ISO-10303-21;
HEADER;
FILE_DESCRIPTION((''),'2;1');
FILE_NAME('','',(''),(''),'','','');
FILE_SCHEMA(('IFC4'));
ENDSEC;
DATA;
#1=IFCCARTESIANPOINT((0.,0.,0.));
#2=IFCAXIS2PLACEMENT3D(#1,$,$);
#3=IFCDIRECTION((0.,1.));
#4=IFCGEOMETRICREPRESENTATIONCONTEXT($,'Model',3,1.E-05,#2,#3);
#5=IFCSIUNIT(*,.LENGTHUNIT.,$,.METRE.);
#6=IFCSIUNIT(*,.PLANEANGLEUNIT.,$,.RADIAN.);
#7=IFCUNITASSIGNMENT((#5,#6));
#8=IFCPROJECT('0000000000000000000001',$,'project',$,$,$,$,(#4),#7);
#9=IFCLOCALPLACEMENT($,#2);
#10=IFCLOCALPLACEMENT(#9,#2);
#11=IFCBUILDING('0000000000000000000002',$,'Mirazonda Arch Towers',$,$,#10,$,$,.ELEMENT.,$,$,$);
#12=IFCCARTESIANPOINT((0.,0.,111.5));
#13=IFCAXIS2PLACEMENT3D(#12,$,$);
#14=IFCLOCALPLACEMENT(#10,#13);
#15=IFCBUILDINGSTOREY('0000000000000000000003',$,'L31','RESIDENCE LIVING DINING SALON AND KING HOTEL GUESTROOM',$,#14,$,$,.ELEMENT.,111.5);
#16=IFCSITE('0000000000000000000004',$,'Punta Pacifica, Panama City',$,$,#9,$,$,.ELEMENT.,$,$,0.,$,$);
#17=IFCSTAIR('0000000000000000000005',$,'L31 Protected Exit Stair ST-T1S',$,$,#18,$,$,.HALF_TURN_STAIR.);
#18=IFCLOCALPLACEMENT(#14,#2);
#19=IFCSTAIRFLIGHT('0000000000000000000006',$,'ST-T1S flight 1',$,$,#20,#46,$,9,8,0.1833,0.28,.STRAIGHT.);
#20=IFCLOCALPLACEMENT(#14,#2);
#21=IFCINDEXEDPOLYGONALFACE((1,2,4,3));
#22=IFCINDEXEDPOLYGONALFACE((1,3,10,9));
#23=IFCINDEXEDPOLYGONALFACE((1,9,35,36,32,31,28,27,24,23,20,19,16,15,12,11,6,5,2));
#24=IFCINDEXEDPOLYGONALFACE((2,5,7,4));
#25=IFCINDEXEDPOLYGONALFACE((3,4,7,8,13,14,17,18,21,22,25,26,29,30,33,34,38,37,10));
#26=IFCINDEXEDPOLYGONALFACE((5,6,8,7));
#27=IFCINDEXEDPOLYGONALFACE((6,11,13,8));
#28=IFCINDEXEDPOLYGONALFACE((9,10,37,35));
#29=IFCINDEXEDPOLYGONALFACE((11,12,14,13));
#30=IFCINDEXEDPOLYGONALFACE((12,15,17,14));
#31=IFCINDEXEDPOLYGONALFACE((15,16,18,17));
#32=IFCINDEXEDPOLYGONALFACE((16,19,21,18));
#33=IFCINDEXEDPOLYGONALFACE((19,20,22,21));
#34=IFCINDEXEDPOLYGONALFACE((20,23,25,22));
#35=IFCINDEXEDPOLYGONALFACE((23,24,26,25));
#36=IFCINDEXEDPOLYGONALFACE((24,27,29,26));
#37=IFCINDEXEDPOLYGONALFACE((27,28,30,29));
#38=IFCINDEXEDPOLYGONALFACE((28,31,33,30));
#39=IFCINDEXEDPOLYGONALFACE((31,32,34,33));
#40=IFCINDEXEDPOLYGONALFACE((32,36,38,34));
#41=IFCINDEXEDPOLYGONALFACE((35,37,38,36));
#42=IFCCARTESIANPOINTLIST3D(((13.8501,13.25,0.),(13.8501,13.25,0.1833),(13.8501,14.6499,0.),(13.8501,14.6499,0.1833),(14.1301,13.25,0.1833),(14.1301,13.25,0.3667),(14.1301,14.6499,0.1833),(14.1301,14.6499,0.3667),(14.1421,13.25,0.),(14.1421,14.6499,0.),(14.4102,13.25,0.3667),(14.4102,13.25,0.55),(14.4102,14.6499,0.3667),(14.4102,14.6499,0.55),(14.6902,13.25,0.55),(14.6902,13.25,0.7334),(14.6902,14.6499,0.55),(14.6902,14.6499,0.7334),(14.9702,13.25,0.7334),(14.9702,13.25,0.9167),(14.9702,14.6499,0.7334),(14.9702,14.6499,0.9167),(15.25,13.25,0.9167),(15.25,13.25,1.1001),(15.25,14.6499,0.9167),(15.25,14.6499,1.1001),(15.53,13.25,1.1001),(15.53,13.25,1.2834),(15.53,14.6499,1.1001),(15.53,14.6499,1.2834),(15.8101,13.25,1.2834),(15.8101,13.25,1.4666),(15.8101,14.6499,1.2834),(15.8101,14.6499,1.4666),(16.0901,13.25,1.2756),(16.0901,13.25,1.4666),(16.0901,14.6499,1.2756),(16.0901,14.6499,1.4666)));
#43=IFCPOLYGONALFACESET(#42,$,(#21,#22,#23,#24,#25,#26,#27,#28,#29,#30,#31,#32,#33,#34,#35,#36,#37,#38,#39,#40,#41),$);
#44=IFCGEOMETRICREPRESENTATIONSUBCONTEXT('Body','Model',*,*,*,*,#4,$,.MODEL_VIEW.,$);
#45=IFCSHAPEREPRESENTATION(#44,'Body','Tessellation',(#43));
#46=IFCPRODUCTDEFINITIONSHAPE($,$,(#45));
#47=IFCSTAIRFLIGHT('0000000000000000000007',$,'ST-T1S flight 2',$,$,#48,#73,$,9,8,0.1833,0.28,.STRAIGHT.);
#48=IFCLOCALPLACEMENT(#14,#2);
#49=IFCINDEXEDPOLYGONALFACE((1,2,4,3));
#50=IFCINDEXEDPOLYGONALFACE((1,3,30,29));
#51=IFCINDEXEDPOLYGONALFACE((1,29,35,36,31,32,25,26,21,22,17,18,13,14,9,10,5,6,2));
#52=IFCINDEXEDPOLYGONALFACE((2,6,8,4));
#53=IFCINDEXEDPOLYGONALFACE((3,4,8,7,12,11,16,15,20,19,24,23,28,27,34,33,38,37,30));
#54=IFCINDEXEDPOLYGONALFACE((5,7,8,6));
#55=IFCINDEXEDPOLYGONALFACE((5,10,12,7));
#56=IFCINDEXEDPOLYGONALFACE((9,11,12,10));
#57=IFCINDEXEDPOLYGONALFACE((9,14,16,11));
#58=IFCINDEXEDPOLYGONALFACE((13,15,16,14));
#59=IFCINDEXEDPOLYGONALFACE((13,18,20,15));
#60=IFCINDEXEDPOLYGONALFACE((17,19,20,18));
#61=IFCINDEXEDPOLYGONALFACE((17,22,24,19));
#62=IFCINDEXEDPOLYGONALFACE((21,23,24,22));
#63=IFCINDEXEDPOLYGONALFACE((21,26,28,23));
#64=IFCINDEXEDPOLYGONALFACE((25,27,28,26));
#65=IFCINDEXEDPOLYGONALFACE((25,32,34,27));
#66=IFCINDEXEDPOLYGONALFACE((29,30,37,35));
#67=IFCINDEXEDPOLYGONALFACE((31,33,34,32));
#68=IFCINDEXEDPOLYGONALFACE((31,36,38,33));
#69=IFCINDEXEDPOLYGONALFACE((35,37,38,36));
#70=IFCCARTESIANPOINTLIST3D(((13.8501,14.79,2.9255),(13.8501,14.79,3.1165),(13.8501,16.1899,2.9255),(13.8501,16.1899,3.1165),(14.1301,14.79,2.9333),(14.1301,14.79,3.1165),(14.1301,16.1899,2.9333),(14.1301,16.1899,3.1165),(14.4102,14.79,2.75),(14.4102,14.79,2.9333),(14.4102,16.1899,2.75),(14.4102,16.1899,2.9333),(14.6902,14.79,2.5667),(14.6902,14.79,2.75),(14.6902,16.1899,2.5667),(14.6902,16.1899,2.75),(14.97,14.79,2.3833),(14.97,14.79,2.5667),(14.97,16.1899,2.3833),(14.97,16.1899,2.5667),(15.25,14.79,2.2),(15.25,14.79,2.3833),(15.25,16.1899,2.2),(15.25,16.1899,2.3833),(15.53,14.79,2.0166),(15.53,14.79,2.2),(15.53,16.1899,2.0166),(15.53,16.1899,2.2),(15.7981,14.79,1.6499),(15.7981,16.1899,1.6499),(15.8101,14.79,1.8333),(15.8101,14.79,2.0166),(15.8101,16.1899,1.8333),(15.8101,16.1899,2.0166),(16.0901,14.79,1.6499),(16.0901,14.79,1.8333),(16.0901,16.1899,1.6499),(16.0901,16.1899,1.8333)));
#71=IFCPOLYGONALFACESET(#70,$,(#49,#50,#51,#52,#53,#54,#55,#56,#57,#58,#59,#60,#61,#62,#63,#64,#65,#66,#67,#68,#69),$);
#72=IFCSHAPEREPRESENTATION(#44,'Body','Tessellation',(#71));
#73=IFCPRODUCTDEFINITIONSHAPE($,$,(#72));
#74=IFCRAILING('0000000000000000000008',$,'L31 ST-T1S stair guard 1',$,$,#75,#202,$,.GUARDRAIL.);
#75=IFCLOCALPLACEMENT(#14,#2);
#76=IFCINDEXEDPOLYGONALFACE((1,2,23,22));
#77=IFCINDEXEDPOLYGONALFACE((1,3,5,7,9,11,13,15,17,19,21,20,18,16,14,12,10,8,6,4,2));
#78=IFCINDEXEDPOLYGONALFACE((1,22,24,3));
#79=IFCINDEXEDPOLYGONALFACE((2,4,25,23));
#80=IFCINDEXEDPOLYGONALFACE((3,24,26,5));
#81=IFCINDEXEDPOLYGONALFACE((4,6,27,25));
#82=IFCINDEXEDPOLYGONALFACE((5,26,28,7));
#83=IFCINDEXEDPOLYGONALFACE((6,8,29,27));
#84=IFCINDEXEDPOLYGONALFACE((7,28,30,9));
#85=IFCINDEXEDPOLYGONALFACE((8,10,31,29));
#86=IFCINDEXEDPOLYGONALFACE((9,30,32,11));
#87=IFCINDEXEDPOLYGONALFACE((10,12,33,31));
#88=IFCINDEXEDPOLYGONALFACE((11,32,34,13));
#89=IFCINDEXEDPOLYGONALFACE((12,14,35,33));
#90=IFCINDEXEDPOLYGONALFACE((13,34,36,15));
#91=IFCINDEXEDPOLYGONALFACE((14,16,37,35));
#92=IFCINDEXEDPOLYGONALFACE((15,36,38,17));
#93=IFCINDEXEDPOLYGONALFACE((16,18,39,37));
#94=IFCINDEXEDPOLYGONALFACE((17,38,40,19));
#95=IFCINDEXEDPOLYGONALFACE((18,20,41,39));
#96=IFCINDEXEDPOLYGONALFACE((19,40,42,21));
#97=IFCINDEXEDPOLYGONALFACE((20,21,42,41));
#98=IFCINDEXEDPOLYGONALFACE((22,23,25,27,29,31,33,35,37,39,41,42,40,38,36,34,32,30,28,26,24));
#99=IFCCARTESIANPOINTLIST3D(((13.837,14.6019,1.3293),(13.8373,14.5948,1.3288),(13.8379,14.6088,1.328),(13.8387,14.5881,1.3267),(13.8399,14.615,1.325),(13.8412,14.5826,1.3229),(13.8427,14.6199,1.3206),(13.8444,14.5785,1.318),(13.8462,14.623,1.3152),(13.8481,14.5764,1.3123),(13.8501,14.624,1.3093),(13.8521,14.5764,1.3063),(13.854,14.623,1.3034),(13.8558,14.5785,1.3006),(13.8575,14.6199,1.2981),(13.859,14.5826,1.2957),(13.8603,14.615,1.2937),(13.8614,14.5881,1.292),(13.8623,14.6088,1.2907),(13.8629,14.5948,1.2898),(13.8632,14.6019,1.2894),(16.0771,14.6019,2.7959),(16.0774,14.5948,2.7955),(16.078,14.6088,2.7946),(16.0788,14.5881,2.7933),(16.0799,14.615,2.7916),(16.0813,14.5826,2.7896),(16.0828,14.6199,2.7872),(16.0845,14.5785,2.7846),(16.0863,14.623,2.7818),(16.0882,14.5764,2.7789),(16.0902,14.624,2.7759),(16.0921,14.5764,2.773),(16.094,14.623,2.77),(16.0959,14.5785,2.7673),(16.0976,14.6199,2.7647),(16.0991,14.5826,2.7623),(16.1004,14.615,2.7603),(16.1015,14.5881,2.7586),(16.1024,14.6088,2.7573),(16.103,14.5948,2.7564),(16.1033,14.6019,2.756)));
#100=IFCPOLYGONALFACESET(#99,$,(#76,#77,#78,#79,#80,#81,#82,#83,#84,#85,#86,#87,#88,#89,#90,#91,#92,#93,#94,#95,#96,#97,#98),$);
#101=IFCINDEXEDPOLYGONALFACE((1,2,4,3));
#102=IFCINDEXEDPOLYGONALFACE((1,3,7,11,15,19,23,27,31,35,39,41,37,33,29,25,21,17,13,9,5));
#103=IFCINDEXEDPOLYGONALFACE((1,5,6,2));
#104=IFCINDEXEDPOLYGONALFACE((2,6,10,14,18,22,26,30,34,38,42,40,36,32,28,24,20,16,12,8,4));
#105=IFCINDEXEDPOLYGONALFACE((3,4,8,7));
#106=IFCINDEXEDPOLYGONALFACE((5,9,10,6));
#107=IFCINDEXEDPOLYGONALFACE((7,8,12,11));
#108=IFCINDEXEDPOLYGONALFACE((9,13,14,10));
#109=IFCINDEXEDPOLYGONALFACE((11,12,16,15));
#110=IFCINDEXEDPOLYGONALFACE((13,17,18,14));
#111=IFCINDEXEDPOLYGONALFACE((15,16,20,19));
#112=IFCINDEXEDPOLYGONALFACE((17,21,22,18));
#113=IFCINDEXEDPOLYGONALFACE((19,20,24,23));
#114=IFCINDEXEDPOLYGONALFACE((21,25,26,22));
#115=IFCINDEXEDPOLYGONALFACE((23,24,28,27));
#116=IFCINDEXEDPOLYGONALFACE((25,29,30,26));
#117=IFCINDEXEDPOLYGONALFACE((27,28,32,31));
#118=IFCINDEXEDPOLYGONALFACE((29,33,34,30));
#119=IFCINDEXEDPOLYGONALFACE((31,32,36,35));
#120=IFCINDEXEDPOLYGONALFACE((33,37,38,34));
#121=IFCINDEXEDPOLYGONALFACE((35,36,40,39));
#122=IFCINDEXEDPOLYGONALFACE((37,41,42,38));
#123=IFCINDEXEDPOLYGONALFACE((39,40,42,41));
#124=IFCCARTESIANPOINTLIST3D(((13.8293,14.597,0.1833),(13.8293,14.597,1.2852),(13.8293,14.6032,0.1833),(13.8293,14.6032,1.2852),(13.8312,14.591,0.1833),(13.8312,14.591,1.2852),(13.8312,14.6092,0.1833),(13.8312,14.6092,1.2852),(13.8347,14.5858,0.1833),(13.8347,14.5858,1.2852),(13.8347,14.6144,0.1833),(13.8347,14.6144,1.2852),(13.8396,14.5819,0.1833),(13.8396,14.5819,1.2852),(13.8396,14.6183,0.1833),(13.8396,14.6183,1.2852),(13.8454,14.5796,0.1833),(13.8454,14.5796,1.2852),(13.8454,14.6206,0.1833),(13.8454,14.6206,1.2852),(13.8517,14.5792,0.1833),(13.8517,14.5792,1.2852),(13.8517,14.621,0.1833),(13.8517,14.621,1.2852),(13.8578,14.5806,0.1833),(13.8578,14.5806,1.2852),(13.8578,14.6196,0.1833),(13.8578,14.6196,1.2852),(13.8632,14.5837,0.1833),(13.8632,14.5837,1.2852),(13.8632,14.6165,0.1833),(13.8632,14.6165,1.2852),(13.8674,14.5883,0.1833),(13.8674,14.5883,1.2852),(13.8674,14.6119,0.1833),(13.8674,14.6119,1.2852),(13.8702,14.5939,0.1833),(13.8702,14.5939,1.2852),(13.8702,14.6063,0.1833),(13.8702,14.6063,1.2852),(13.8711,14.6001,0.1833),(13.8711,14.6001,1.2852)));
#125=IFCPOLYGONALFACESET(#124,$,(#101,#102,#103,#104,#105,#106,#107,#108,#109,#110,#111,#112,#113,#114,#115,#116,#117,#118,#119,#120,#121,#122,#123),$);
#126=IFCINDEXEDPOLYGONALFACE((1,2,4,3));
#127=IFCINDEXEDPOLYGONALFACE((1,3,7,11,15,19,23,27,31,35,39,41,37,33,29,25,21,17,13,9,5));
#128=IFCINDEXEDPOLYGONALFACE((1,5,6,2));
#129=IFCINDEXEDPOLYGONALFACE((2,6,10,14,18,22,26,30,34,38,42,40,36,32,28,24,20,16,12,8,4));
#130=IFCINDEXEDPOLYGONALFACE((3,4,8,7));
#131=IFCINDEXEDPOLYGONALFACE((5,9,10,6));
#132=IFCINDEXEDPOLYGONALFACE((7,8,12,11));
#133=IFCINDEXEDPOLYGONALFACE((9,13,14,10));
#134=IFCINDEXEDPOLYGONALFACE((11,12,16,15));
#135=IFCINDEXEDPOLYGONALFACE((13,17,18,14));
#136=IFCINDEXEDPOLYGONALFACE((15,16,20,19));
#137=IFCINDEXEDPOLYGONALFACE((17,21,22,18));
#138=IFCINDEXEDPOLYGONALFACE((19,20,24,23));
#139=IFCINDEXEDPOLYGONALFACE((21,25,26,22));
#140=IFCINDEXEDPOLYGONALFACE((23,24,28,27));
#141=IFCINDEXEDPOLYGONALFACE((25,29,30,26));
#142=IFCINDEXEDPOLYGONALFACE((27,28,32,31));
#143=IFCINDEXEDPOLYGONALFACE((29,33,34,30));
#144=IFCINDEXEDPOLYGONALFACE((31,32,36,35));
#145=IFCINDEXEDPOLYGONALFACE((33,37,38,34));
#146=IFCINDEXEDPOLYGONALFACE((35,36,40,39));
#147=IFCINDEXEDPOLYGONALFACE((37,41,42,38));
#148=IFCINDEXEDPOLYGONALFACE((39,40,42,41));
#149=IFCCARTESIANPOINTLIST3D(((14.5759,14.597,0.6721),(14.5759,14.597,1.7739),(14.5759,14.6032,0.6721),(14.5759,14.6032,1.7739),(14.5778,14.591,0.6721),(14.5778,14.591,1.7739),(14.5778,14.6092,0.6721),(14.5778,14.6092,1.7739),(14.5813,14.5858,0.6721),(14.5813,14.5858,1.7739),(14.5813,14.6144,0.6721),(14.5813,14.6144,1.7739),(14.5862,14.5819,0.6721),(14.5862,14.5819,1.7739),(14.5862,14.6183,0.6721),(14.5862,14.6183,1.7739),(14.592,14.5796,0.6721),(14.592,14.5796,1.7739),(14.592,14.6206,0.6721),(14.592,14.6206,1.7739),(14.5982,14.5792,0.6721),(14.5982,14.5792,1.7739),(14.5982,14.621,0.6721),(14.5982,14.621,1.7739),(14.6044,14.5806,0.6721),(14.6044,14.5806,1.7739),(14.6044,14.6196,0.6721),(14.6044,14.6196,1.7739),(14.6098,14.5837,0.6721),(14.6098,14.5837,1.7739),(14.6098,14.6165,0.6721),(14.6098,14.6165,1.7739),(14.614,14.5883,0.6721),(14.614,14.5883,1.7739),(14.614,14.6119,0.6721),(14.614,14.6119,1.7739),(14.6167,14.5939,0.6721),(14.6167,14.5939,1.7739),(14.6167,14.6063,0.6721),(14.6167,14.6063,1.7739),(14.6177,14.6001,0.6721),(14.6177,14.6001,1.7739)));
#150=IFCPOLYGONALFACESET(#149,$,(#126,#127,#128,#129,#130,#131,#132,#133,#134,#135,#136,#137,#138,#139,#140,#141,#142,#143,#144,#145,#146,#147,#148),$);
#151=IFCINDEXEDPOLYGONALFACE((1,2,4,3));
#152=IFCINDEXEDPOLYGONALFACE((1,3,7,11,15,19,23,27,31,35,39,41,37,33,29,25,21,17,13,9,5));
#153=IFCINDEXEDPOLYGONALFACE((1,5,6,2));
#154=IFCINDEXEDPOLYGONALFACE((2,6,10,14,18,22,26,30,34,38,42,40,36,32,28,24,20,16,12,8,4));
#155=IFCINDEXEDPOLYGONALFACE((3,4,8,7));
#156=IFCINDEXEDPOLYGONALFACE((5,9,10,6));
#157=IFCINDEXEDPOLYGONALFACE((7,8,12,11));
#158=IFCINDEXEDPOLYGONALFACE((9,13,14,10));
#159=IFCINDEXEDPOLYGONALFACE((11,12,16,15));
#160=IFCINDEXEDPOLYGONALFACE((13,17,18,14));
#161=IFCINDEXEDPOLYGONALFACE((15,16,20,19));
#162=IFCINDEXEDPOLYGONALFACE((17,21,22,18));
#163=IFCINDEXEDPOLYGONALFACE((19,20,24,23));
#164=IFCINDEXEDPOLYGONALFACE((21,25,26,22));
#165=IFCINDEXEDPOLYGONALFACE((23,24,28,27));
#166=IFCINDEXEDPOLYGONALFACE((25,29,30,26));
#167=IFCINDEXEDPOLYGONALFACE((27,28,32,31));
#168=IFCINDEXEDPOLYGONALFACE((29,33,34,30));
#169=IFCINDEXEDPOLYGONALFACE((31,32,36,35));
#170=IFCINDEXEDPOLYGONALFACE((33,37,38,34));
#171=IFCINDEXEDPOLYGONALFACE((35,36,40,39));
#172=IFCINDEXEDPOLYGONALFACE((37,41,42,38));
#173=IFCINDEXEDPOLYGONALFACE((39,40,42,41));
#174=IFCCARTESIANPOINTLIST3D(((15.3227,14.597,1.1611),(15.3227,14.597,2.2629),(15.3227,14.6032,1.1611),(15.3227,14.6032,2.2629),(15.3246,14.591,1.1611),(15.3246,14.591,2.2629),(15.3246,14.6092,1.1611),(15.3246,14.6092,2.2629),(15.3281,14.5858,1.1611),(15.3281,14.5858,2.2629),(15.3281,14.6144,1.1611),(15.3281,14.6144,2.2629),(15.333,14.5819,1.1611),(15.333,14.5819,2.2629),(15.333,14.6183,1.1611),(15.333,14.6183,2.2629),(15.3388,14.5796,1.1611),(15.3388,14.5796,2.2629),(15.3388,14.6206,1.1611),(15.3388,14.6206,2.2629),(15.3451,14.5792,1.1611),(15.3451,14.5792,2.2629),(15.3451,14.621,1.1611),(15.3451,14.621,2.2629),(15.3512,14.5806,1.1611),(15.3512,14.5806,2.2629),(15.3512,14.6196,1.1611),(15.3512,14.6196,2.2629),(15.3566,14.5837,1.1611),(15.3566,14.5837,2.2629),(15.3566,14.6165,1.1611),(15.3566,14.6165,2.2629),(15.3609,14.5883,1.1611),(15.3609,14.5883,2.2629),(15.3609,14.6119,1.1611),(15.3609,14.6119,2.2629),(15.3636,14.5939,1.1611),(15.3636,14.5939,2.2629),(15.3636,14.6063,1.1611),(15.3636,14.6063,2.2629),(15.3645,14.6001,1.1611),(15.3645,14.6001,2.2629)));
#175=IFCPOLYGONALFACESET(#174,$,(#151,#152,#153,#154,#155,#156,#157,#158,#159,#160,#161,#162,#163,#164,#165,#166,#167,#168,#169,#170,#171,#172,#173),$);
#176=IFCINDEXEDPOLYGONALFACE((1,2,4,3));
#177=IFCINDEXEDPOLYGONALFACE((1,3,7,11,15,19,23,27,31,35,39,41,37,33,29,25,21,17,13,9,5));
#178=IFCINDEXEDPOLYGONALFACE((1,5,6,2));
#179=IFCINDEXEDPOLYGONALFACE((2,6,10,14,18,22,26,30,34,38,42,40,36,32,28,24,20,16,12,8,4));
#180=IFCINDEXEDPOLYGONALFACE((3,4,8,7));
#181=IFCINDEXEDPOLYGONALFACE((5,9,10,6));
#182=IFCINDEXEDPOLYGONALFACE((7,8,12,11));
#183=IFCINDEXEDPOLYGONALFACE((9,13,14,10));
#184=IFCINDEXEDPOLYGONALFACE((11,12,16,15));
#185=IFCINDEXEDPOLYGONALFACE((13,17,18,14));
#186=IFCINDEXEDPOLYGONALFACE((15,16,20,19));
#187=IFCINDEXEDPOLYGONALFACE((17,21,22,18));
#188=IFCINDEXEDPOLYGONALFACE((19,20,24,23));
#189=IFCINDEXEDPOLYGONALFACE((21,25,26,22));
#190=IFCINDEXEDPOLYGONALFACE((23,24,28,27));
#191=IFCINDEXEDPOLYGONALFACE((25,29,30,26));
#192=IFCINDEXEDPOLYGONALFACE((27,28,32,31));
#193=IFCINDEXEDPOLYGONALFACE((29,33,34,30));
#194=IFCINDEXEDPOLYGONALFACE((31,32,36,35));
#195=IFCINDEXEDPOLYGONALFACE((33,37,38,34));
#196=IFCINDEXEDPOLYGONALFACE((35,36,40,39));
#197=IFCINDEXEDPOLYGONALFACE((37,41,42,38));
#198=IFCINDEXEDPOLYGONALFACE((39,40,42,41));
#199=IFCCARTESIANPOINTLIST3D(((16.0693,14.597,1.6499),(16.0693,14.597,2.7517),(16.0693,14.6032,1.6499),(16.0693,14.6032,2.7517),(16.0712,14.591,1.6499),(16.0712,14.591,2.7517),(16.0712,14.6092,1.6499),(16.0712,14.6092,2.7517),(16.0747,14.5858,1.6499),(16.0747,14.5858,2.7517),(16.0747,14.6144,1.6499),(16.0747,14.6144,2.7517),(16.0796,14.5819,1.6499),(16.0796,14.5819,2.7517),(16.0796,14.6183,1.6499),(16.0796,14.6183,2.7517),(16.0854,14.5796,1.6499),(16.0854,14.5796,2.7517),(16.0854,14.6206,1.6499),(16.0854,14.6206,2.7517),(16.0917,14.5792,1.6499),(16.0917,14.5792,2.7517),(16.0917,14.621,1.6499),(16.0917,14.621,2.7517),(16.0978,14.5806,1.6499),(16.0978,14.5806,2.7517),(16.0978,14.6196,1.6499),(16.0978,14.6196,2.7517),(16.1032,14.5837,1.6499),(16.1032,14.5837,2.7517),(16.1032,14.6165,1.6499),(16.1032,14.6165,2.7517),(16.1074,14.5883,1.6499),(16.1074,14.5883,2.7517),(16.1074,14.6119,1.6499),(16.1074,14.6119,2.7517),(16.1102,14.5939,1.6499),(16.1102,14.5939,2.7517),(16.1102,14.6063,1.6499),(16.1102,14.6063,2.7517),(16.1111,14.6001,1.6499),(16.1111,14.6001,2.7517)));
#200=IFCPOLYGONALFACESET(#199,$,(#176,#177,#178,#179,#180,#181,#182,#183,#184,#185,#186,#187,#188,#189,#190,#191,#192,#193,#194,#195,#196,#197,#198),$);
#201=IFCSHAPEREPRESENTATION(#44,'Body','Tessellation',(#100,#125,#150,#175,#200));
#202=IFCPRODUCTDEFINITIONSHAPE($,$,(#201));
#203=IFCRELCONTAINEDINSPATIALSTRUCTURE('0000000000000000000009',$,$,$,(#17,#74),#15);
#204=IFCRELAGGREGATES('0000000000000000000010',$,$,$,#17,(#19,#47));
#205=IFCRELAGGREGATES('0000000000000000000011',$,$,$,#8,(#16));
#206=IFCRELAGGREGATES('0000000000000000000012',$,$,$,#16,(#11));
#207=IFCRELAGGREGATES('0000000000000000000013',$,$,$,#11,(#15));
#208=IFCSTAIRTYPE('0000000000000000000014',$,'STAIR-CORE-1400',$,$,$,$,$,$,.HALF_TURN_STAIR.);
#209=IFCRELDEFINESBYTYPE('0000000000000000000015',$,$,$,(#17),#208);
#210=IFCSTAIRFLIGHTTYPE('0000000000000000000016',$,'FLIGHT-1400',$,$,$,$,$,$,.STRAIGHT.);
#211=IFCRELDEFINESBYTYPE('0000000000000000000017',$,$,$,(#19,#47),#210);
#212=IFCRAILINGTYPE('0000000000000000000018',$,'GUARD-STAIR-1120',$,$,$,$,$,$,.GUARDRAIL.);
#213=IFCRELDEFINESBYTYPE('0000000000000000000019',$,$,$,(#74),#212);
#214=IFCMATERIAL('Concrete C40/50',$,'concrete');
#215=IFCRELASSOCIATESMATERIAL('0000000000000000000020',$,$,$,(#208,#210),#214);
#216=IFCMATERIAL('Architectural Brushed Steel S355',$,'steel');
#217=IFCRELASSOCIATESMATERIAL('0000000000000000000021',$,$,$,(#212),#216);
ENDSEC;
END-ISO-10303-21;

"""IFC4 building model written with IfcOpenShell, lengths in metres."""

from ifc_helpers import new_model, si_unit, direction, frame, origin, origin_2d, place, context, subcontext, project, spatial, polyline, circle, outline, extrude, material, type_object, element, aggregate, save


model = new_model("IFC4")

# Units and contexts
model_context = context("Model", 3, precision=1e-05, world=origin(), true_north=direction((0.0, 1.0)))
body_context = subcontext(model_context, "Body", "Model", "MODEL_VIEW")
ifc_project = project(units=[si_unit("LENGTHUNIT", "METRE"), si_unit("PLANEANGLEUNIT", "RADIAN")], contexts=[model_context])

# Site, building, storey
site_placement = place(None, origin())
site = spatial("IfcSite", under=ifc_project, at=site_placement, Name="Punta Pacifica, Panama City", CompositionType="ELEMENT", RefElevation=0.0)
building_placement = place(site_placement, origin())
building = spatial("IfcBuilding", under=site, at=building_placement, Name="Mirazonda Arch Towers", CompositionType="ELEMENT")
storey_placement = place(building_placement, frame((0.0, 0.0, 111.5)))
storey = spatial("IfcBuildingStorey", under=building, at=storey_placement, Name="L31", Description="RESIDENCE LIVING DINING SALON AND KING HOTEL GUESTROOM", CompositionType="ELEMENT", Elevation=111.5)

# Shared definitions
ifc_material_1 = material(Name="Architectural Brushed Steel S355", Category="steel")

# Shared definitions
ifc_material_2 = material(Name="Concrete C40/50", Category="concrete")

# Stair, stair flights
stair_type = type_object("IfcStairType", Name="STAIR-CORE-1400", PredefinedType="HALF_TURN_STAIR", material=ifc_material_2)
stair_placement = place(storey_placement, origin())
stair = element("IfcStair", 1, at=stair_placement, inside=storey, type_object=stair_type, Name="L31 Protected Exit Stair ST-T1S", PredefinedType="HALF_TURN_STAIR")
stair_flight_type = type_object("IfcStairFlightType", Name="FLIGHT-1400", PredefinedType="STRAIGHT", material=ifc_material_2)
stair_flight_1_placement = place(storey_placement, frame((13.8501, 13.95, 0.0), z_axis=(0.0, 0.0, 1.0), x_axis=(1.0, 0.0, 0.0)))
stair_flight_1 = element("IfcStairFlight", 2, at=stair_flight_1_placement, type_object=stair_flight_type, Name="ST-T1S flight 1", NumberOfRisers=9, NumberOfTreads=8, PredefinedType="STRAIGHT", RiserHeight=0.1833, TreadLength=0.28, context=body_context, shape_type="SweptSolid", body=[
    extrude(outline(polyline([(0.0, 0.0), (0.0, 0.1833), (0.28, 0.1833), (0.28, 0.3667), (0.5601, 0.3667), (0.5601, 0.55), (0.8401, 0.55), (0.8401, 0.7334), (1.1201, 0.7334), (1.1201, 0.9167), (1.3999, 0.9167), (1.3999, 1.1001), (1.6799, 1.1001), (1.6799, 1.2834), (1.96, 1.2834), (1.96, 1.4666), (2.24, 1.4666), (2.24, 1.6499), (2.24, 1.2756), (0.292, 0.0), (0.0, 0.0)])), frame((0.0, 0.7, 0.0), z_axis=(0.0, -1.0, 0.0), x_axis=(1.0, 0.0, 0.0)), (0.0, 0.0, 1.0), 1.3999),
])
stair_flight_2_placement = place(storey_placement, frame((16.0901, 15.49, 1.6499), z_axis=(0.0, 0.0, 1.0), x_axis=(-1.0, 0.0, 0.0)))
stair_flight_2 = element("IfcStairFlight", 3, at=stair_flight_2_placement, type_object=stair_flight_type, Name="ST-T1S flight 2", NumberOfRisers=9, NumberOfTreads=8, PredefinedType="STRAIGHT", RiserHeight=0.1833, TreadLength=0.28, context=body_context, shape_type="SweptSolid", body=[
    extrude(outline(polyline([(0.0, 0.0), (0.0, 0.1833), (0.28, 0.1833), (0.28, 0.3667), (0.5601, 0.3667), (0.5601, 0.55), (0.8401, 0.55), (0.8401, 0.7334), (1.1201, 0.7334), (1.1201, 0.9167), (1.3999, 0.9167), (1.3999, 1.1001), (1.6799, 1.1001), (1.6799, 1.2834), (1.96, 1.2834), (1.96, 1.4666), (2.24, 1.4666), (2.24, 1.6499), (2.24, 1.2756), (0.292, 0.0), (0.0, 0.0)])), frame((0.0, 0.7, 0.0), z_axis=(0.0, -1.0, 0.0), x_axis=(1.0, 0.0, 0.0)), (0.0, 0.0, 1.0), 1.3999),
])
aggregate(stair, [stair_flight_1, stair_flight_2])

# Railing
railing_type_1 = type_object("IfcRailingType", Name="GUARD-STAIR-1120", PredefinedType="GUARDRAIL", material=ifc_material_1)
railing_1_placement = place(storey_placement, frame((13.8501, 14.6001, 0.1833)))
element("IfcRailing", 4, at=railing_1_placement, inside=storey, type_object=railing_type_1, Name="L31 ST-T1S stair guard 1", PredefinedType="GUARDRAIL", context=body_context, shape_type="SweptSolid", body=[
    extrude(circle(Radius=0.0239, at=origin_2d()), frame((0.0, 0.0, 1.126), z_axis=(0.836637, 0.0, 0.547758), x_axis=(0.0, 1.0, 0.0)), (0.0, 0.0, 1.0), 2.6775),
    extrude(circle(Radius=0.021, at=origin_2d()), origin(), (0.0, 0.0, 1.0), 1.1018),
    extrude(circle(Radius=0.021, at=origin_2d()), frame((0.7466, 0.0, 0.4888)), (0.0, 0.0, 1.0), 1.1018),
    extrude(circle(Radius=0.021, at=origin_2d()), frame((1.4934, 0.0, 0.9778)), (0.0, 0.0, 1.0), 1.1018),
    extrude(circle(Radius=0.021, at=origin_2d()), frame((2.24, 0.0, 1.4666)), (0.0, 0.0, 1.0), 1.1018),
])

save(model, "model.ifc")
